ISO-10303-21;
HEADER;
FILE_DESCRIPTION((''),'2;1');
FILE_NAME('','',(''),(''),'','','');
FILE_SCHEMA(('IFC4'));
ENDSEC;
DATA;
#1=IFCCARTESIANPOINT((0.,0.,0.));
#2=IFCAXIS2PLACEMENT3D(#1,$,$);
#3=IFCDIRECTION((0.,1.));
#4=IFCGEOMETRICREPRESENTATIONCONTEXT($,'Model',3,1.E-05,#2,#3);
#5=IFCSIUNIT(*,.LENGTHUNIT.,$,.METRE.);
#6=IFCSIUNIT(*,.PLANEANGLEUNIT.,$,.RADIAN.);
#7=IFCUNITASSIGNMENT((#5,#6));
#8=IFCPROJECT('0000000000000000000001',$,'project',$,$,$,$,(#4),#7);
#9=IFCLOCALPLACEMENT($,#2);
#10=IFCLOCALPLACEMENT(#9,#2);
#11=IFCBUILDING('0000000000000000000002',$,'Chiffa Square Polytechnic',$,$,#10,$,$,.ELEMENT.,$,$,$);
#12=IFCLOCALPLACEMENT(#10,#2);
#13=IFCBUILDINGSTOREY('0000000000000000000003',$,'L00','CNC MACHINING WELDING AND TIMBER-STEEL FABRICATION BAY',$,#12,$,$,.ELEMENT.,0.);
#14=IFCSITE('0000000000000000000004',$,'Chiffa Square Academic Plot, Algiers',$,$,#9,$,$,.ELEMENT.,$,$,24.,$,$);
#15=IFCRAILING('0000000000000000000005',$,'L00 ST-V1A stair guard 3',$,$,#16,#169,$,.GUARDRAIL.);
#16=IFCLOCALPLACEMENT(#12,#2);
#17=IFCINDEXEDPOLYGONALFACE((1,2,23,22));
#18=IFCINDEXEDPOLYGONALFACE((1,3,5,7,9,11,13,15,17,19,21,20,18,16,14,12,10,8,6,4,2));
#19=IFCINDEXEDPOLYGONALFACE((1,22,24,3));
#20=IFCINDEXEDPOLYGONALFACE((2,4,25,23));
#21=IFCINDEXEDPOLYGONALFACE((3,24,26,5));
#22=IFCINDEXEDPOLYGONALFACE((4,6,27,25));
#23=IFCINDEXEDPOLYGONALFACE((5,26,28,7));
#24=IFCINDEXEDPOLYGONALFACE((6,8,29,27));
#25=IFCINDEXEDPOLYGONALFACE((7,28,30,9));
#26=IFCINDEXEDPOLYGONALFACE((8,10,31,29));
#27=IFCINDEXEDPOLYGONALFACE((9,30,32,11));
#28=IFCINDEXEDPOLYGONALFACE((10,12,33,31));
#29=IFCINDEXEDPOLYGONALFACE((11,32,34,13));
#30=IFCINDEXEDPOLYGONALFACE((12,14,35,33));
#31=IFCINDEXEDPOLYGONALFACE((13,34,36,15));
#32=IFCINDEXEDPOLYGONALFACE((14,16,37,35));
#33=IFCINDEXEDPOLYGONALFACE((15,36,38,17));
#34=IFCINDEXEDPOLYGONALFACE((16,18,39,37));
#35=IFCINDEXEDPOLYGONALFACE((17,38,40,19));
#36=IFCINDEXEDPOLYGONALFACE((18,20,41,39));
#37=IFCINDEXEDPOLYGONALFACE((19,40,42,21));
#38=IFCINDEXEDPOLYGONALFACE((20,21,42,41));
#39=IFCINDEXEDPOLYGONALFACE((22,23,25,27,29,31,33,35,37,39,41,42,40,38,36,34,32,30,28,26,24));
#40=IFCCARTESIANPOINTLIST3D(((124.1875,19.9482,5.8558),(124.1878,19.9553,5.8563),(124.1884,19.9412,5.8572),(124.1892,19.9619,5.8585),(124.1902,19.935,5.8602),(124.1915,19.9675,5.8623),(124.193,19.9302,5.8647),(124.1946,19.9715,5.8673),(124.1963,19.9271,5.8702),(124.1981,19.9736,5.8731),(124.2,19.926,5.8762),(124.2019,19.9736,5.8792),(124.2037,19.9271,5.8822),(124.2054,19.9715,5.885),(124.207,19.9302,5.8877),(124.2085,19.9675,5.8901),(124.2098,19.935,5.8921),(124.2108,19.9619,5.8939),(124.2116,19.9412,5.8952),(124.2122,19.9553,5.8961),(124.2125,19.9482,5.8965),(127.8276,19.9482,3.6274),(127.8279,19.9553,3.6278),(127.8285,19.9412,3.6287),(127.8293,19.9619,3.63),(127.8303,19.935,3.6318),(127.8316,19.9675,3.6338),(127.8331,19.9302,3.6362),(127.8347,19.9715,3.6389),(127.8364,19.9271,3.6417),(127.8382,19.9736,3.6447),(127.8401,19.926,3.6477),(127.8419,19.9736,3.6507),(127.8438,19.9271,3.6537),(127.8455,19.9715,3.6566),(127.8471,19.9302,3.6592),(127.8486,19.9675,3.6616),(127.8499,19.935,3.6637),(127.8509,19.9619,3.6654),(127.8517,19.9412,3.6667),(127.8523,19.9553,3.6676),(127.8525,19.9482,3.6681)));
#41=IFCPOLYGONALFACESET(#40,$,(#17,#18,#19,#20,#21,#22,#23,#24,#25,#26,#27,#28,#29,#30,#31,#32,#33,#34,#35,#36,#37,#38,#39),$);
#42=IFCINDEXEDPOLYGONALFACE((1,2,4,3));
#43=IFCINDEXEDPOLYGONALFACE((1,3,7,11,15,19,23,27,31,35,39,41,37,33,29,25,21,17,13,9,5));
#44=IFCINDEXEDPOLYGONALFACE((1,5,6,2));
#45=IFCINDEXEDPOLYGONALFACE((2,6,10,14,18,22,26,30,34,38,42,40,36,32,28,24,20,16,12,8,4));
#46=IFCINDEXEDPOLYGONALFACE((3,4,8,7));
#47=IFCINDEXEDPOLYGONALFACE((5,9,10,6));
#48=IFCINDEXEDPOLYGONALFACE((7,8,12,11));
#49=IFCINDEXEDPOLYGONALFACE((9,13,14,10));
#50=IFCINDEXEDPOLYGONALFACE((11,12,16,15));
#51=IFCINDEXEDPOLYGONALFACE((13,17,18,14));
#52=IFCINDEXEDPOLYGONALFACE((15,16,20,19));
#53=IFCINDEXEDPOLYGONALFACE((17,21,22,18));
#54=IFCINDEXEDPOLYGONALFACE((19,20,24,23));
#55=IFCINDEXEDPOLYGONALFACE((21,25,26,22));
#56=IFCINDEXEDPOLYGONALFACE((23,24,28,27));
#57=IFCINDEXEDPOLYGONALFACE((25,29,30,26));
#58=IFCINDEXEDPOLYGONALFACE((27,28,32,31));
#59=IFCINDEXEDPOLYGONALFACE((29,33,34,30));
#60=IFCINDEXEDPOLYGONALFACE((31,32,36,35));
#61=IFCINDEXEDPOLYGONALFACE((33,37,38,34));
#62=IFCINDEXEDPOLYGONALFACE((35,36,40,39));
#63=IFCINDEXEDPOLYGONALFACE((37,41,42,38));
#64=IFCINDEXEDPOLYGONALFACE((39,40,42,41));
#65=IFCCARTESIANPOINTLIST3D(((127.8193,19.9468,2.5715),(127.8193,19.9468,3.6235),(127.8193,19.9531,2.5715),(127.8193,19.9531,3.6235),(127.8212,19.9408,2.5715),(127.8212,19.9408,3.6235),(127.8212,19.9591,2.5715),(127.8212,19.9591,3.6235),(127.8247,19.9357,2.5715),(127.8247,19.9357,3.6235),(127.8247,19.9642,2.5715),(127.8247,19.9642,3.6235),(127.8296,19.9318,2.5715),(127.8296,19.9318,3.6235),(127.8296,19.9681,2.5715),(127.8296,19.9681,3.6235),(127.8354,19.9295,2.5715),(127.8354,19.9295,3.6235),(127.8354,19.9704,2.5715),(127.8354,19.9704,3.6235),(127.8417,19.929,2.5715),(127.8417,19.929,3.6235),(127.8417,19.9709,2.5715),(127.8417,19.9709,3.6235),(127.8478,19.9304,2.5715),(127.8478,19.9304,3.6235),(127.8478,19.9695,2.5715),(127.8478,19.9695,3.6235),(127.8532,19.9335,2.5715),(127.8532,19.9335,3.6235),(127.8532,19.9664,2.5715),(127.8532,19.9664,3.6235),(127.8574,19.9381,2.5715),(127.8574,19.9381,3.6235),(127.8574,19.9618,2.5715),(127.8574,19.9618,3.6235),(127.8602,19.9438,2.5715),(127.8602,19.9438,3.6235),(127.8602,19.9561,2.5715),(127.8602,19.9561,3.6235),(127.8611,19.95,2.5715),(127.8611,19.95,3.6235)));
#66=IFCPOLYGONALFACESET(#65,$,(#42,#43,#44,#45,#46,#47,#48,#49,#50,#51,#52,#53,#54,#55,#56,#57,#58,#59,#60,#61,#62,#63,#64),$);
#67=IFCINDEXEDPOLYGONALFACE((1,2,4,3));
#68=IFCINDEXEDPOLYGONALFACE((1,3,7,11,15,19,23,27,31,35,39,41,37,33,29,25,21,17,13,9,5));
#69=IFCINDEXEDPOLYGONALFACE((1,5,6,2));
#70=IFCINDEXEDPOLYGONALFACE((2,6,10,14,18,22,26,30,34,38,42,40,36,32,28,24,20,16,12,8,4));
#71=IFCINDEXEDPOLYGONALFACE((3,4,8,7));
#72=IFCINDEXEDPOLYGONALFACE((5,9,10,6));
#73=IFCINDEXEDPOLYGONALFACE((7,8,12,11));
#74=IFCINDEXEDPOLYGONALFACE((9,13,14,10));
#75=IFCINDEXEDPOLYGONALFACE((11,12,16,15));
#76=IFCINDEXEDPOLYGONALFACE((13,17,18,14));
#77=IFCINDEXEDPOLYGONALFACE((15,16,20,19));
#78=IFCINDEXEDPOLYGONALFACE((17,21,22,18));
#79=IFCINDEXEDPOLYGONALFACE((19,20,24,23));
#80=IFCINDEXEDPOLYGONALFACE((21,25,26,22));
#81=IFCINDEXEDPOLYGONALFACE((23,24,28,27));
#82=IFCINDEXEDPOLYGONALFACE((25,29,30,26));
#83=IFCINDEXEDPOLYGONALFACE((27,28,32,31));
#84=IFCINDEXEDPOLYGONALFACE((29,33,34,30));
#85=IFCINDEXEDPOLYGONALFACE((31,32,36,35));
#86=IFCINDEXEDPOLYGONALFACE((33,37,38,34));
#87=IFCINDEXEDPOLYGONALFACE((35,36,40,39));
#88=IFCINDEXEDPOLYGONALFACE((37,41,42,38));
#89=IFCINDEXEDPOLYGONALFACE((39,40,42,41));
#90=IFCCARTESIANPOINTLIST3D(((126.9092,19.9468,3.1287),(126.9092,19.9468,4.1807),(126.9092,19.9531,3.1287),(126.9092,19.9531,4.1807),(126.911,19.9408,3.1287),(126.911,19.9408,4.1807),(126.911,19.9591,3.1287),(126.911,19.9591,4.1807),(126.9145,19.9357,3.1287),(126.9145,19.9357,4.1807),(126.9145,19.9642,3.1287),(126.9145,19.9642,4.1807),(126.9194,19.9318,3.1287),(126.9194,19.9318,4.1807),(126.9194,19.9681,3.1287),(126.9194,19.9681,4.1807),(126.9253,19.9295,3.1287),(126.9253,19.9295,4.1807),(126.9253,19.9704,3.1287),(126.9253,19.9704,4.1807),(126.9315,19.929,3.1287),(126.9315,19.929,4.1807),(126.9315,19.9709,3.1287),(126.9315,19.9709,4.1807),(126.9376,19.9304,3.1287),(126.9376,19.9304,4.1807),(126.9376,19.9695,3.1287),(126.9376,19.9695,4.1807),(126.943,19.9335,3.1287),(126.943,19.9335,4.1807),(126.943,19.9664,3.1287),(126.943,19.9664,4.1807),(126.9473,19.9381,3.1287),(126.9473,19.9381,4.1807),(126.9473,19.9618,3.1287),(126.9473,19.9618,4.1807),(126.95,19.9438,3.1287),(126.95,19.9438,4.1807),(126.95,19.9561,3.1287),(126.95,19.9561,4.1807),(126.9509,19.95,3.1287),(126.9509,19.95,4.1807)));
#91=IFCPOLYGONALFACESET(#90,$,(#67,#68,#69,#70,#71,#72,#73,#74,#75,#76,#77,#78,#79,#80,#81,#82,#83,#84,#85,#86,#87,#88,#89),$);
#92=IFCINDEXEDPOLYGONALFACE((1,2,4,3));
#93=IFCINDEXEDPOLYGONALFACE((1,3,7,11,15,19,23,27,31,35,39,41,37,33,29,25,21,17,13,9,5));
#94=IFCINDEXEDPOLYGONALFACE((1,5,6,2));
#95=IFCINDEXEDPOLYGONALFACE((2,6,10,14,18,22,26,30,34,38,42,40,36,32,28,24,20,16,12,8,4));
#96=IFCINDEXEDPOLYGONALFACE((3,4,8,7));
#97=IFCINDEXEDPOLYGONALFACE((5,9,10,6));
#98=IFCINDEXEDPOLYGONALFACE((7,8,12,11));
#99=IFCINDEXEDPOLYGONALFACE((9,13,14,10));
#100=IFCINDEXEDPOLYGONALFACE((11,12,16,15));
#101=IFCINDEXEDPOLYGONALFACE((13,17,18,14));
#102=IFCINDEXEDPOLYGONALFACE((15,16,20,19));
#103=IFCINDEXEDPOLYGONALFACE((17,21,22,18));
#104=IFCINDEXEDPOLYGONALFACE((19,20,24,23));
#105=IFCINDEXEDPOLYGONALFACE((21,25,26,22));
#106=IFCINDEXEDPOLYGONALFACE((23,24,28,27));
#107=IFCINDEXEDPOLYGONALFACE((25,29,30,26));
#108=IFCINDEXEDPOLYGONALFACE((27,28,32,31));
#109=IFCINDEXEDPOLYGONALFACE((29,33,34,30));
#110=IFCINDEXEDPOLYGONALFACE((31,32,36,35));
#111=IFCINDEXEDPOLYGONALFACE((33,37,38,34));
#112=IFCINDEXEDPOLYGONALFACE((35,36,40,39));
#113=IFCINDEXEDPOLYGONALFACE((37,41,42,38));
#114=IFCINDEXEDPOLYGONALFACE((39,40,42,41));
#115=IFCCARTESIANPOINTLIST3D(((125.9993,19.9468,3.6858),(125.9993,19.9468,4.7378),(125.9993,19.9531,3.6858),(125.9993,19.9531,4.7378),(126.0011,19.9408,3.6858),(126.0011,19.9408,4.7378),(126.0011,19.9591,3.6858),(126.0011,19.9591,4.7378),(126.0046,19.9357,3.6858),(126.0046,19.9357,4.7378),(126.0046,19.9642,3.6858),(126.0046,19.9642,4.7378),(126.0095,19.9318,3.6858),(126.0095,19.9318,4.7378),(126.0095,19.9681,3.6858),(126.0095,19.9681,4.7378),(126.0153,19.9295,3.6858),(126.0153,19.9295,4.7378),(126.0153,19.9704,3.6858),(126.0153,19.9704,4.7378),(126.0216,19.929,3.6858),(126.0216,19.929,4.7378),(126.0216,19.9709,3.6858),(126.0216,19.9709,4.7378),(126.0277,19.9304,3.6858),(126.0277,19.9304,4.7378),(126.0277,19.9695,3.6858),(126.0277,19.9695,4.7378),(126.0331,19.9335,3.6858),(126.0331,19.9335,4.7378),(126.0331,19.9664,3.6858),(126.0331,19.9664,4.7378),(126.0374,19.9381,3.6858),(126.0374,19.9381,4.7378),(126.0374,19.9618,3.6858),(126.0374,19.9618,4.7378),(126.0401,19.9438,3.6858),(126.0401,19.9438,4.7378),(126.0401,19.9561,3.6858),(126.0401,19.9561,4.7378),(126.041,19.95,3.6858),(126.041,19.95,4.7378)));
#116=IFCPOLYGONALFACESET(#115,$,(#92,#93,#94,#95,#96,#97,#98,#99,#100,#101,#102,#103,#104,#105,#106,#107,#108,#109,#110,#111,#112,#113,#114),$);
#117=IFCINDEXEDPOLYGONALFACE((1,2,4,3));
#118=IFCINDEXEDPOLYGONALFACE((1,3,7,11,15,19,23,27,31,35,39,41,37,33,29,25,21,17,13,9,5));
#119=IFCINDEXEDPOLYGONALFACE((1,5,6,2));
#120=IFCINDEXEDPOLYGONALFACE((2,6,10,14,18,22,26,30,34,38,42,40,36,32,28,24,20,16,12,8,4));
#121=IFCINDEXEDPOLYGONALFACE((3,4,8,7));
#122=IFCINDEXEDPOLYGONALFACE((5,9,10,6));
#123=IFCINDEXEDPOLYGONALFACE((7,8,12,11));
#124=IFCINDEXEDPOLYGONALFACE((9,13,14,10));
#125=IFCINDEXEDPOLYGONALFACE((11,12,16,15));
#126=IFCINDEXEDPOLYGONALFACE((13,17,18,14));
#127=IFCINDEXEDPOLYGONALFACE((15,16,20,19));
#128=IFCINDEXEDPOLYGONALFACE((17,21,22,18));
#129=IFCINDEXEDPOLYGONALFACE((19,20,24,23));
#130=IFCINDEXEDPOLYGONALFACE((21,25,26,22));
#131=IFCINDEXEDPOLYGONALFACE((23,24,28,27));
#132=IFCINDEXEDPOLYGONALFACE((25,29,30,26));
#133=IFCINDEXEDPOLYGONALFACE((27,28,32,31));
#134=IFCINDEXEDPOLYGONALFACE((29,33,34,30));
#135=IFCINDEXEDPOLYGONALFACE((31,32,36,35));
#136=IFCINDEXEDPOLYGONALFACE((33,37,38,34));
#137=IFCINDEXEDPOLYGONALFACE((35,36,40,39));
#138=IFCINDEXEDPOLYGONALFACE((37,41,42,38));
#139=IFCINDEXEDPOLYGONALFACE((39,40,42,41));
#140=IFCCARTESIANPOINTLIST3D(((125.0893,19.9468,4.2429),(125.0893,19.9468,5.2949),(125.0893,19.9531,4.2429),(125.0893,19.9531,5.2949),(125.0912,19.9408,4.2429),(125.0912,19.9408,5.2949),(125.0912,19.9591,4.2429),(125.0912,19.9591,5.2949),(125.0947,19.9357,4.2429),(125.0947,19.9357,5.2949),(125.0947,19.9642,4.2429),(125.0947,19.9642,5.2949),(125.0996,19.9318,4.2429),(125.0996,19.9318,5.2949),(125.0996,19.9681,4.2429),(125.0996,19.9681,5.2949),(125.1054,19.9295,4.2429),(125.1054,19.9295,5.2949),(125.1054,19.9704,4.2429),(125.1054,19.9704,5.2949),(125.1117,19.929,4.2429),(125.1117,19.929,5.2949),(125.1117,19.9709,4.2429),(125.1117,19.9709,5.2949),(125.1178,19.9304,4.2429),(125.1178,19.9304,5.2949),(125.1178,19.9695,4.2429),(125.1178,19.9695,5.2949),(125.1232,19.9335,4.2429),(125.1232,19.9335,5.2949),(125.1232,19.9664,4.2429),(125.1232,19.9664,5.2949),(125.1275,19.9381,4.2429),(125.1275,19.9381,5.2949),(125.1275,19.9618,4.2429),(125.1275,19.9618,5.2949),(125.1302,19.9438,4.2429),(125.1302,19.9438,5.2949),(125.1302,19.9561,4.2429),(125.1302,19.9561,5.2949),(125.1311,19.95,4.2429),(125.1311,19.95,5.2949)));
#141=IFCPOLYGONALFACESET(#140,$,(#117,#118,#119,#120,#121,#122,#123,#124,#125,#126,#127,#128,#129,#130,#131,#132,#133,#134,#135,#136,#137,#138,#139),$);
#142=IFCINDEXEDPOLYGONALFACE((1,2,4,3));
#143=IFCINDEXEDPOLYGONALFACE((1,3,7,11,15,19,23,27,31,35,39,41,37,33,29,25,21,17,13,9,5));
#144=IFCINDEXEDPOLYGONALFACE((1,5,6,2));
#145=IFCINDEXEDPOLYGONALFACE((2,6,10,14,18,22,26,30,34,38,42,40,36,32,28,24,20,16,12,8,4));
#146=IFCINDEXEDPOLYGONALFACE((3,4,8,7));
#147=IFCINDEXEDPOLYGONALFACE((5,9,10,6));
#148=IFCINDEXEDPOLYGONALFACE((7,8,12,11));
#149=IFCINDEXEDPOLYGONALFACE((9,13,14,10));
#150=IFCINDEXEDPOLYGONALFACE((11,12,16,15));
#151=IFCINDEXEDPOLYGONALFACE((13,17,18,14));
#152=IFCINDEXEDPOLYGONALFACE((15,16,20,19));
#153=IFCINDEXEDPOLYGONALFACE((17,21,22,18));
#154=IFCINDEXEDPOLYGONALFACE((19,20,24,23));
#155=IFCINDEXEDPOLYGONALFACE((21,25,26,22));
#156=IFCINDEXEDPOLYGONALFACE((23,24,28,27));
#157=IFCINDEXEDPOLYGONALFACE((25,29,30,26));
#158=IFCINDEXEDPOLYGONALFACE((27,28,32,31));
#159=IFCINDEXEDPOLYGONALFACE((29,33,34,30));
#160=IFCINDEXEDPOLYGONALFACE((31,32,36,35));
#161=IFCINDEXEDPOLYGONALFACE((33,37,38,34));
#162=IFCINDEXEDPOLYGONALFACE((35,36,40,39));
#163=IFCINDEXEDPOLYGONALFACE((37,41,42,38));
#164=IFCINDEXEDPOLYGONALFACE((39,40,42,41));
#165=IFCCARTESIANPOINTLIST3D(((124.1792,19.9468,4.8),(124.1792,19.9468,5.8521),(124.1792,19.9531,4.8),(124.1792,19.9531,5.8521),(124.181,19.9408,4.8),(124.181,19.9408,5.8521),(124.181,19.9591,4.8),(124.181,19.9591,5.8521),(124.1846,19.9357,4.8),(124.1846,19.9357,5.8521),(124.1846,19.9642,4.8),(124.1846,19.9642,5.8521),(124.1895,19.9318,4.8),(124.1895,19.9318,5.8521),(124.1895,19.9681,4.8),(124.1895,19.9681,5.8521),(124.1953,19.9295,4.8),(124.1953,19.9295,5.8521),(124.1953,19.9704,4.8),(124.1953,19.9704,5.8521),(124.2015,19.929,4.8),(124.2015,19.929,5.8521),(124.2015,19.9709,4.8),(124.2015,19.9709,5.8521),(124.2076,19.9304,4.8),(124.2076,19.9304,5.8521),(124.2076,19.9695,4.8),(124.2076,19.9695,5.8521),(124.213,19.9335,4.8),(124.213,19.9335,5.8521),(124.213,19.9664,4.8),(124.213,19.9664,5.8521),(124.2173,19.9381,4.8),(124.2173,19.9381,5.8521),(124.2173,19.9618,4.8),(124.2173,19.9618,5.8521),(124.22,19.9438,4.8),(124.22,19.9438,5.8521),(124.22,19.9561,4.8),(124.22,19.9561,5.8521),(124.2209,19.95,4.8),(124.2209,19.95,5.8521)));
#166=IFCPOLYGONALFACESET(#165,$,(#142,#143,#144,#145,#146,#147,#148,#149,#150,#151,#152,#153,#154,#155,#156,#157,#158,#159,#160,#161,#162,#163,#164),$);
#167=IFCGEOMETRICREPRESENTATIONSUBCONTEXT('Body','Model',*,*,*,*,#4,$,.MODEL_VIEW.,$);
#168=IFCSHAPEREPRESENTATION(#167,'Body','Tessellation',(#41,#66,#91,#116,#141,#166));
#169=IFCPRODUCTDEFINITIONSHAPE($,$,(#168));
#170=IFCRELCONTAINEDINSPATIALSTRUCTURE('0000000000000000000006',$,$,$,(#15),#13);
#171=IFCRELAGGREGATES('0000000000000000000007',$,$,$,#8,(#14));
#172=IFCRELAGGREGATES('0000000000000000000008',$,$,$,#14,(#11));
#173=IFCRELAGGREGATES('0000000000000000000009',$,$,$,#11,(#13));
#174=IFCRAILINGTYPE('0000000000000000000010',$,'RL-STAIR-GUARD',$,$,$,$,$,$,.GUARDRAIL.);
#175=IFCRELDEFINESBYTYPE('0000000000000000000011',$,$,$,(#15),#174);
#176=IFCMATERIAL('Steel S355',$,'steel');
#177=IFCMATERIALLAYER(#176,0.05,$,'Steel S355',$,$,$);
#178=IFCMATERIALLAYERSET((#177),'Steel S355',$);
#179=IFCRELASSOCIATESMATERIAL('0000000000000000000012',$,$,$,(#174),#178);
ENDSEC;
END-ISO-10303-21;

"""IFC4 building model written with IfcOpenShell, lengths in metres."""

from ifc_helpers import new_model, si_unit, direction, frame, origin, origin_2d, place, context, subcontext, project, spatial, circle, extrude, material, layer, layer_set, type_object, element, save


model = new_model("IFC4")

# Units and contexts
model_context = context("Model", 3, precision=1e-05, world=origin(), true_north=direction((0.0, 1.0)))
body_context = subcontext(model_context, "Body", "Model", "MODEL_VIEW")
ifc_project = project(units=[si_unit("LENGTHUNIT", "METRE"), si_unit("PLANEANGLEUNIT", "RADIAN")], contexts=[model_context])

# Site, building, storey
site_placement = place(None, origin())
site = spatial("IfcSite", under=ifc_project, at=site_placement, Name="Chiffa Square Academic Plot, Algiers", CompositionType="ELEMENT", RefElevation=24.0)
building_placement = place(site_placement, origin())
building = spatial("IfcBuilding", under=site, at=building_placement, Name="Chiffa Square Polytechnic", CompositionType="ELEMENT")
storey_placement = place(building_placement, origin())
storey = spatial("IfcBuildingStorey", under=building, at=storey_placement, Name="L00", Description="CNC MACHINING WELDING AND TIMBER-STEEL FABRICATION BAY", CompositionType="ELEMENT", Elevation=0.0)

# Railing
ifc_material_1 = material(Name="Steel S355", Category="steel")
ifc_layer_1 = layer(ifc_material_1, 0.05, Name="Steel S355")
ifc_layer_set_1 = layer_set([ifc_layer_1], Name="Steel S355")
railing_type_1 = type_object("IfcRailingType", Name="RL-STAIR-GUARD", PredefinedType="GUARDRAIL", material=ifc_layer_set_1)
railing_1_placement = place(storey_placement, frame((127.8401, 19.95, 2.5715)))
element("IfcRailing", 1, at=railing_1_placement, inside=storey, type_object=railing_type_1, Name="L00 ST-V1A stair guard 3", PredefinedType="GUARDRAIL", context=body_context, shape_type="SweptSolid", body=[
    extrude(circle(Radius=0.0239, at=origin_2d()), frame((0.0, 0.0, 1.0762), z_axis=(-0.852866, 0.0, 0.52213), x_axis=(0.0, -1.0, 0.0)), (0.0, 0.0, 1.0), 4.2681),
    extrude(circle(Radius=0.021, at=origin_2d()), origin(), (0.0, 0.0, 1.0), 1.052),
    extrude(circle(Radius=0.021, at=origin_2d()), frame((-0.9102, 0.0, 0.5571)), (0.0, 0.0, 1.0), 1.052),
    extrude(circle(Radius=0.021, at=origin_2d()), frame((-1.8201, 0.0, 1.1143)), (0.0, 0.0, 1.0), 1.052),
    extrude(circle(Radius=0.021, at=origin_2d()), frame((-2.73, 0.0, 1.6714)), (0.0, 0.0, 1.0), 1.052),
    extrude(circle(Radius=0.021, at=origin_2d()), frame((-3.6401, 0.0, 2.2285)), (0.0, 0.0, 1.0), 1.052),
])

save(model, "model.ifc")
